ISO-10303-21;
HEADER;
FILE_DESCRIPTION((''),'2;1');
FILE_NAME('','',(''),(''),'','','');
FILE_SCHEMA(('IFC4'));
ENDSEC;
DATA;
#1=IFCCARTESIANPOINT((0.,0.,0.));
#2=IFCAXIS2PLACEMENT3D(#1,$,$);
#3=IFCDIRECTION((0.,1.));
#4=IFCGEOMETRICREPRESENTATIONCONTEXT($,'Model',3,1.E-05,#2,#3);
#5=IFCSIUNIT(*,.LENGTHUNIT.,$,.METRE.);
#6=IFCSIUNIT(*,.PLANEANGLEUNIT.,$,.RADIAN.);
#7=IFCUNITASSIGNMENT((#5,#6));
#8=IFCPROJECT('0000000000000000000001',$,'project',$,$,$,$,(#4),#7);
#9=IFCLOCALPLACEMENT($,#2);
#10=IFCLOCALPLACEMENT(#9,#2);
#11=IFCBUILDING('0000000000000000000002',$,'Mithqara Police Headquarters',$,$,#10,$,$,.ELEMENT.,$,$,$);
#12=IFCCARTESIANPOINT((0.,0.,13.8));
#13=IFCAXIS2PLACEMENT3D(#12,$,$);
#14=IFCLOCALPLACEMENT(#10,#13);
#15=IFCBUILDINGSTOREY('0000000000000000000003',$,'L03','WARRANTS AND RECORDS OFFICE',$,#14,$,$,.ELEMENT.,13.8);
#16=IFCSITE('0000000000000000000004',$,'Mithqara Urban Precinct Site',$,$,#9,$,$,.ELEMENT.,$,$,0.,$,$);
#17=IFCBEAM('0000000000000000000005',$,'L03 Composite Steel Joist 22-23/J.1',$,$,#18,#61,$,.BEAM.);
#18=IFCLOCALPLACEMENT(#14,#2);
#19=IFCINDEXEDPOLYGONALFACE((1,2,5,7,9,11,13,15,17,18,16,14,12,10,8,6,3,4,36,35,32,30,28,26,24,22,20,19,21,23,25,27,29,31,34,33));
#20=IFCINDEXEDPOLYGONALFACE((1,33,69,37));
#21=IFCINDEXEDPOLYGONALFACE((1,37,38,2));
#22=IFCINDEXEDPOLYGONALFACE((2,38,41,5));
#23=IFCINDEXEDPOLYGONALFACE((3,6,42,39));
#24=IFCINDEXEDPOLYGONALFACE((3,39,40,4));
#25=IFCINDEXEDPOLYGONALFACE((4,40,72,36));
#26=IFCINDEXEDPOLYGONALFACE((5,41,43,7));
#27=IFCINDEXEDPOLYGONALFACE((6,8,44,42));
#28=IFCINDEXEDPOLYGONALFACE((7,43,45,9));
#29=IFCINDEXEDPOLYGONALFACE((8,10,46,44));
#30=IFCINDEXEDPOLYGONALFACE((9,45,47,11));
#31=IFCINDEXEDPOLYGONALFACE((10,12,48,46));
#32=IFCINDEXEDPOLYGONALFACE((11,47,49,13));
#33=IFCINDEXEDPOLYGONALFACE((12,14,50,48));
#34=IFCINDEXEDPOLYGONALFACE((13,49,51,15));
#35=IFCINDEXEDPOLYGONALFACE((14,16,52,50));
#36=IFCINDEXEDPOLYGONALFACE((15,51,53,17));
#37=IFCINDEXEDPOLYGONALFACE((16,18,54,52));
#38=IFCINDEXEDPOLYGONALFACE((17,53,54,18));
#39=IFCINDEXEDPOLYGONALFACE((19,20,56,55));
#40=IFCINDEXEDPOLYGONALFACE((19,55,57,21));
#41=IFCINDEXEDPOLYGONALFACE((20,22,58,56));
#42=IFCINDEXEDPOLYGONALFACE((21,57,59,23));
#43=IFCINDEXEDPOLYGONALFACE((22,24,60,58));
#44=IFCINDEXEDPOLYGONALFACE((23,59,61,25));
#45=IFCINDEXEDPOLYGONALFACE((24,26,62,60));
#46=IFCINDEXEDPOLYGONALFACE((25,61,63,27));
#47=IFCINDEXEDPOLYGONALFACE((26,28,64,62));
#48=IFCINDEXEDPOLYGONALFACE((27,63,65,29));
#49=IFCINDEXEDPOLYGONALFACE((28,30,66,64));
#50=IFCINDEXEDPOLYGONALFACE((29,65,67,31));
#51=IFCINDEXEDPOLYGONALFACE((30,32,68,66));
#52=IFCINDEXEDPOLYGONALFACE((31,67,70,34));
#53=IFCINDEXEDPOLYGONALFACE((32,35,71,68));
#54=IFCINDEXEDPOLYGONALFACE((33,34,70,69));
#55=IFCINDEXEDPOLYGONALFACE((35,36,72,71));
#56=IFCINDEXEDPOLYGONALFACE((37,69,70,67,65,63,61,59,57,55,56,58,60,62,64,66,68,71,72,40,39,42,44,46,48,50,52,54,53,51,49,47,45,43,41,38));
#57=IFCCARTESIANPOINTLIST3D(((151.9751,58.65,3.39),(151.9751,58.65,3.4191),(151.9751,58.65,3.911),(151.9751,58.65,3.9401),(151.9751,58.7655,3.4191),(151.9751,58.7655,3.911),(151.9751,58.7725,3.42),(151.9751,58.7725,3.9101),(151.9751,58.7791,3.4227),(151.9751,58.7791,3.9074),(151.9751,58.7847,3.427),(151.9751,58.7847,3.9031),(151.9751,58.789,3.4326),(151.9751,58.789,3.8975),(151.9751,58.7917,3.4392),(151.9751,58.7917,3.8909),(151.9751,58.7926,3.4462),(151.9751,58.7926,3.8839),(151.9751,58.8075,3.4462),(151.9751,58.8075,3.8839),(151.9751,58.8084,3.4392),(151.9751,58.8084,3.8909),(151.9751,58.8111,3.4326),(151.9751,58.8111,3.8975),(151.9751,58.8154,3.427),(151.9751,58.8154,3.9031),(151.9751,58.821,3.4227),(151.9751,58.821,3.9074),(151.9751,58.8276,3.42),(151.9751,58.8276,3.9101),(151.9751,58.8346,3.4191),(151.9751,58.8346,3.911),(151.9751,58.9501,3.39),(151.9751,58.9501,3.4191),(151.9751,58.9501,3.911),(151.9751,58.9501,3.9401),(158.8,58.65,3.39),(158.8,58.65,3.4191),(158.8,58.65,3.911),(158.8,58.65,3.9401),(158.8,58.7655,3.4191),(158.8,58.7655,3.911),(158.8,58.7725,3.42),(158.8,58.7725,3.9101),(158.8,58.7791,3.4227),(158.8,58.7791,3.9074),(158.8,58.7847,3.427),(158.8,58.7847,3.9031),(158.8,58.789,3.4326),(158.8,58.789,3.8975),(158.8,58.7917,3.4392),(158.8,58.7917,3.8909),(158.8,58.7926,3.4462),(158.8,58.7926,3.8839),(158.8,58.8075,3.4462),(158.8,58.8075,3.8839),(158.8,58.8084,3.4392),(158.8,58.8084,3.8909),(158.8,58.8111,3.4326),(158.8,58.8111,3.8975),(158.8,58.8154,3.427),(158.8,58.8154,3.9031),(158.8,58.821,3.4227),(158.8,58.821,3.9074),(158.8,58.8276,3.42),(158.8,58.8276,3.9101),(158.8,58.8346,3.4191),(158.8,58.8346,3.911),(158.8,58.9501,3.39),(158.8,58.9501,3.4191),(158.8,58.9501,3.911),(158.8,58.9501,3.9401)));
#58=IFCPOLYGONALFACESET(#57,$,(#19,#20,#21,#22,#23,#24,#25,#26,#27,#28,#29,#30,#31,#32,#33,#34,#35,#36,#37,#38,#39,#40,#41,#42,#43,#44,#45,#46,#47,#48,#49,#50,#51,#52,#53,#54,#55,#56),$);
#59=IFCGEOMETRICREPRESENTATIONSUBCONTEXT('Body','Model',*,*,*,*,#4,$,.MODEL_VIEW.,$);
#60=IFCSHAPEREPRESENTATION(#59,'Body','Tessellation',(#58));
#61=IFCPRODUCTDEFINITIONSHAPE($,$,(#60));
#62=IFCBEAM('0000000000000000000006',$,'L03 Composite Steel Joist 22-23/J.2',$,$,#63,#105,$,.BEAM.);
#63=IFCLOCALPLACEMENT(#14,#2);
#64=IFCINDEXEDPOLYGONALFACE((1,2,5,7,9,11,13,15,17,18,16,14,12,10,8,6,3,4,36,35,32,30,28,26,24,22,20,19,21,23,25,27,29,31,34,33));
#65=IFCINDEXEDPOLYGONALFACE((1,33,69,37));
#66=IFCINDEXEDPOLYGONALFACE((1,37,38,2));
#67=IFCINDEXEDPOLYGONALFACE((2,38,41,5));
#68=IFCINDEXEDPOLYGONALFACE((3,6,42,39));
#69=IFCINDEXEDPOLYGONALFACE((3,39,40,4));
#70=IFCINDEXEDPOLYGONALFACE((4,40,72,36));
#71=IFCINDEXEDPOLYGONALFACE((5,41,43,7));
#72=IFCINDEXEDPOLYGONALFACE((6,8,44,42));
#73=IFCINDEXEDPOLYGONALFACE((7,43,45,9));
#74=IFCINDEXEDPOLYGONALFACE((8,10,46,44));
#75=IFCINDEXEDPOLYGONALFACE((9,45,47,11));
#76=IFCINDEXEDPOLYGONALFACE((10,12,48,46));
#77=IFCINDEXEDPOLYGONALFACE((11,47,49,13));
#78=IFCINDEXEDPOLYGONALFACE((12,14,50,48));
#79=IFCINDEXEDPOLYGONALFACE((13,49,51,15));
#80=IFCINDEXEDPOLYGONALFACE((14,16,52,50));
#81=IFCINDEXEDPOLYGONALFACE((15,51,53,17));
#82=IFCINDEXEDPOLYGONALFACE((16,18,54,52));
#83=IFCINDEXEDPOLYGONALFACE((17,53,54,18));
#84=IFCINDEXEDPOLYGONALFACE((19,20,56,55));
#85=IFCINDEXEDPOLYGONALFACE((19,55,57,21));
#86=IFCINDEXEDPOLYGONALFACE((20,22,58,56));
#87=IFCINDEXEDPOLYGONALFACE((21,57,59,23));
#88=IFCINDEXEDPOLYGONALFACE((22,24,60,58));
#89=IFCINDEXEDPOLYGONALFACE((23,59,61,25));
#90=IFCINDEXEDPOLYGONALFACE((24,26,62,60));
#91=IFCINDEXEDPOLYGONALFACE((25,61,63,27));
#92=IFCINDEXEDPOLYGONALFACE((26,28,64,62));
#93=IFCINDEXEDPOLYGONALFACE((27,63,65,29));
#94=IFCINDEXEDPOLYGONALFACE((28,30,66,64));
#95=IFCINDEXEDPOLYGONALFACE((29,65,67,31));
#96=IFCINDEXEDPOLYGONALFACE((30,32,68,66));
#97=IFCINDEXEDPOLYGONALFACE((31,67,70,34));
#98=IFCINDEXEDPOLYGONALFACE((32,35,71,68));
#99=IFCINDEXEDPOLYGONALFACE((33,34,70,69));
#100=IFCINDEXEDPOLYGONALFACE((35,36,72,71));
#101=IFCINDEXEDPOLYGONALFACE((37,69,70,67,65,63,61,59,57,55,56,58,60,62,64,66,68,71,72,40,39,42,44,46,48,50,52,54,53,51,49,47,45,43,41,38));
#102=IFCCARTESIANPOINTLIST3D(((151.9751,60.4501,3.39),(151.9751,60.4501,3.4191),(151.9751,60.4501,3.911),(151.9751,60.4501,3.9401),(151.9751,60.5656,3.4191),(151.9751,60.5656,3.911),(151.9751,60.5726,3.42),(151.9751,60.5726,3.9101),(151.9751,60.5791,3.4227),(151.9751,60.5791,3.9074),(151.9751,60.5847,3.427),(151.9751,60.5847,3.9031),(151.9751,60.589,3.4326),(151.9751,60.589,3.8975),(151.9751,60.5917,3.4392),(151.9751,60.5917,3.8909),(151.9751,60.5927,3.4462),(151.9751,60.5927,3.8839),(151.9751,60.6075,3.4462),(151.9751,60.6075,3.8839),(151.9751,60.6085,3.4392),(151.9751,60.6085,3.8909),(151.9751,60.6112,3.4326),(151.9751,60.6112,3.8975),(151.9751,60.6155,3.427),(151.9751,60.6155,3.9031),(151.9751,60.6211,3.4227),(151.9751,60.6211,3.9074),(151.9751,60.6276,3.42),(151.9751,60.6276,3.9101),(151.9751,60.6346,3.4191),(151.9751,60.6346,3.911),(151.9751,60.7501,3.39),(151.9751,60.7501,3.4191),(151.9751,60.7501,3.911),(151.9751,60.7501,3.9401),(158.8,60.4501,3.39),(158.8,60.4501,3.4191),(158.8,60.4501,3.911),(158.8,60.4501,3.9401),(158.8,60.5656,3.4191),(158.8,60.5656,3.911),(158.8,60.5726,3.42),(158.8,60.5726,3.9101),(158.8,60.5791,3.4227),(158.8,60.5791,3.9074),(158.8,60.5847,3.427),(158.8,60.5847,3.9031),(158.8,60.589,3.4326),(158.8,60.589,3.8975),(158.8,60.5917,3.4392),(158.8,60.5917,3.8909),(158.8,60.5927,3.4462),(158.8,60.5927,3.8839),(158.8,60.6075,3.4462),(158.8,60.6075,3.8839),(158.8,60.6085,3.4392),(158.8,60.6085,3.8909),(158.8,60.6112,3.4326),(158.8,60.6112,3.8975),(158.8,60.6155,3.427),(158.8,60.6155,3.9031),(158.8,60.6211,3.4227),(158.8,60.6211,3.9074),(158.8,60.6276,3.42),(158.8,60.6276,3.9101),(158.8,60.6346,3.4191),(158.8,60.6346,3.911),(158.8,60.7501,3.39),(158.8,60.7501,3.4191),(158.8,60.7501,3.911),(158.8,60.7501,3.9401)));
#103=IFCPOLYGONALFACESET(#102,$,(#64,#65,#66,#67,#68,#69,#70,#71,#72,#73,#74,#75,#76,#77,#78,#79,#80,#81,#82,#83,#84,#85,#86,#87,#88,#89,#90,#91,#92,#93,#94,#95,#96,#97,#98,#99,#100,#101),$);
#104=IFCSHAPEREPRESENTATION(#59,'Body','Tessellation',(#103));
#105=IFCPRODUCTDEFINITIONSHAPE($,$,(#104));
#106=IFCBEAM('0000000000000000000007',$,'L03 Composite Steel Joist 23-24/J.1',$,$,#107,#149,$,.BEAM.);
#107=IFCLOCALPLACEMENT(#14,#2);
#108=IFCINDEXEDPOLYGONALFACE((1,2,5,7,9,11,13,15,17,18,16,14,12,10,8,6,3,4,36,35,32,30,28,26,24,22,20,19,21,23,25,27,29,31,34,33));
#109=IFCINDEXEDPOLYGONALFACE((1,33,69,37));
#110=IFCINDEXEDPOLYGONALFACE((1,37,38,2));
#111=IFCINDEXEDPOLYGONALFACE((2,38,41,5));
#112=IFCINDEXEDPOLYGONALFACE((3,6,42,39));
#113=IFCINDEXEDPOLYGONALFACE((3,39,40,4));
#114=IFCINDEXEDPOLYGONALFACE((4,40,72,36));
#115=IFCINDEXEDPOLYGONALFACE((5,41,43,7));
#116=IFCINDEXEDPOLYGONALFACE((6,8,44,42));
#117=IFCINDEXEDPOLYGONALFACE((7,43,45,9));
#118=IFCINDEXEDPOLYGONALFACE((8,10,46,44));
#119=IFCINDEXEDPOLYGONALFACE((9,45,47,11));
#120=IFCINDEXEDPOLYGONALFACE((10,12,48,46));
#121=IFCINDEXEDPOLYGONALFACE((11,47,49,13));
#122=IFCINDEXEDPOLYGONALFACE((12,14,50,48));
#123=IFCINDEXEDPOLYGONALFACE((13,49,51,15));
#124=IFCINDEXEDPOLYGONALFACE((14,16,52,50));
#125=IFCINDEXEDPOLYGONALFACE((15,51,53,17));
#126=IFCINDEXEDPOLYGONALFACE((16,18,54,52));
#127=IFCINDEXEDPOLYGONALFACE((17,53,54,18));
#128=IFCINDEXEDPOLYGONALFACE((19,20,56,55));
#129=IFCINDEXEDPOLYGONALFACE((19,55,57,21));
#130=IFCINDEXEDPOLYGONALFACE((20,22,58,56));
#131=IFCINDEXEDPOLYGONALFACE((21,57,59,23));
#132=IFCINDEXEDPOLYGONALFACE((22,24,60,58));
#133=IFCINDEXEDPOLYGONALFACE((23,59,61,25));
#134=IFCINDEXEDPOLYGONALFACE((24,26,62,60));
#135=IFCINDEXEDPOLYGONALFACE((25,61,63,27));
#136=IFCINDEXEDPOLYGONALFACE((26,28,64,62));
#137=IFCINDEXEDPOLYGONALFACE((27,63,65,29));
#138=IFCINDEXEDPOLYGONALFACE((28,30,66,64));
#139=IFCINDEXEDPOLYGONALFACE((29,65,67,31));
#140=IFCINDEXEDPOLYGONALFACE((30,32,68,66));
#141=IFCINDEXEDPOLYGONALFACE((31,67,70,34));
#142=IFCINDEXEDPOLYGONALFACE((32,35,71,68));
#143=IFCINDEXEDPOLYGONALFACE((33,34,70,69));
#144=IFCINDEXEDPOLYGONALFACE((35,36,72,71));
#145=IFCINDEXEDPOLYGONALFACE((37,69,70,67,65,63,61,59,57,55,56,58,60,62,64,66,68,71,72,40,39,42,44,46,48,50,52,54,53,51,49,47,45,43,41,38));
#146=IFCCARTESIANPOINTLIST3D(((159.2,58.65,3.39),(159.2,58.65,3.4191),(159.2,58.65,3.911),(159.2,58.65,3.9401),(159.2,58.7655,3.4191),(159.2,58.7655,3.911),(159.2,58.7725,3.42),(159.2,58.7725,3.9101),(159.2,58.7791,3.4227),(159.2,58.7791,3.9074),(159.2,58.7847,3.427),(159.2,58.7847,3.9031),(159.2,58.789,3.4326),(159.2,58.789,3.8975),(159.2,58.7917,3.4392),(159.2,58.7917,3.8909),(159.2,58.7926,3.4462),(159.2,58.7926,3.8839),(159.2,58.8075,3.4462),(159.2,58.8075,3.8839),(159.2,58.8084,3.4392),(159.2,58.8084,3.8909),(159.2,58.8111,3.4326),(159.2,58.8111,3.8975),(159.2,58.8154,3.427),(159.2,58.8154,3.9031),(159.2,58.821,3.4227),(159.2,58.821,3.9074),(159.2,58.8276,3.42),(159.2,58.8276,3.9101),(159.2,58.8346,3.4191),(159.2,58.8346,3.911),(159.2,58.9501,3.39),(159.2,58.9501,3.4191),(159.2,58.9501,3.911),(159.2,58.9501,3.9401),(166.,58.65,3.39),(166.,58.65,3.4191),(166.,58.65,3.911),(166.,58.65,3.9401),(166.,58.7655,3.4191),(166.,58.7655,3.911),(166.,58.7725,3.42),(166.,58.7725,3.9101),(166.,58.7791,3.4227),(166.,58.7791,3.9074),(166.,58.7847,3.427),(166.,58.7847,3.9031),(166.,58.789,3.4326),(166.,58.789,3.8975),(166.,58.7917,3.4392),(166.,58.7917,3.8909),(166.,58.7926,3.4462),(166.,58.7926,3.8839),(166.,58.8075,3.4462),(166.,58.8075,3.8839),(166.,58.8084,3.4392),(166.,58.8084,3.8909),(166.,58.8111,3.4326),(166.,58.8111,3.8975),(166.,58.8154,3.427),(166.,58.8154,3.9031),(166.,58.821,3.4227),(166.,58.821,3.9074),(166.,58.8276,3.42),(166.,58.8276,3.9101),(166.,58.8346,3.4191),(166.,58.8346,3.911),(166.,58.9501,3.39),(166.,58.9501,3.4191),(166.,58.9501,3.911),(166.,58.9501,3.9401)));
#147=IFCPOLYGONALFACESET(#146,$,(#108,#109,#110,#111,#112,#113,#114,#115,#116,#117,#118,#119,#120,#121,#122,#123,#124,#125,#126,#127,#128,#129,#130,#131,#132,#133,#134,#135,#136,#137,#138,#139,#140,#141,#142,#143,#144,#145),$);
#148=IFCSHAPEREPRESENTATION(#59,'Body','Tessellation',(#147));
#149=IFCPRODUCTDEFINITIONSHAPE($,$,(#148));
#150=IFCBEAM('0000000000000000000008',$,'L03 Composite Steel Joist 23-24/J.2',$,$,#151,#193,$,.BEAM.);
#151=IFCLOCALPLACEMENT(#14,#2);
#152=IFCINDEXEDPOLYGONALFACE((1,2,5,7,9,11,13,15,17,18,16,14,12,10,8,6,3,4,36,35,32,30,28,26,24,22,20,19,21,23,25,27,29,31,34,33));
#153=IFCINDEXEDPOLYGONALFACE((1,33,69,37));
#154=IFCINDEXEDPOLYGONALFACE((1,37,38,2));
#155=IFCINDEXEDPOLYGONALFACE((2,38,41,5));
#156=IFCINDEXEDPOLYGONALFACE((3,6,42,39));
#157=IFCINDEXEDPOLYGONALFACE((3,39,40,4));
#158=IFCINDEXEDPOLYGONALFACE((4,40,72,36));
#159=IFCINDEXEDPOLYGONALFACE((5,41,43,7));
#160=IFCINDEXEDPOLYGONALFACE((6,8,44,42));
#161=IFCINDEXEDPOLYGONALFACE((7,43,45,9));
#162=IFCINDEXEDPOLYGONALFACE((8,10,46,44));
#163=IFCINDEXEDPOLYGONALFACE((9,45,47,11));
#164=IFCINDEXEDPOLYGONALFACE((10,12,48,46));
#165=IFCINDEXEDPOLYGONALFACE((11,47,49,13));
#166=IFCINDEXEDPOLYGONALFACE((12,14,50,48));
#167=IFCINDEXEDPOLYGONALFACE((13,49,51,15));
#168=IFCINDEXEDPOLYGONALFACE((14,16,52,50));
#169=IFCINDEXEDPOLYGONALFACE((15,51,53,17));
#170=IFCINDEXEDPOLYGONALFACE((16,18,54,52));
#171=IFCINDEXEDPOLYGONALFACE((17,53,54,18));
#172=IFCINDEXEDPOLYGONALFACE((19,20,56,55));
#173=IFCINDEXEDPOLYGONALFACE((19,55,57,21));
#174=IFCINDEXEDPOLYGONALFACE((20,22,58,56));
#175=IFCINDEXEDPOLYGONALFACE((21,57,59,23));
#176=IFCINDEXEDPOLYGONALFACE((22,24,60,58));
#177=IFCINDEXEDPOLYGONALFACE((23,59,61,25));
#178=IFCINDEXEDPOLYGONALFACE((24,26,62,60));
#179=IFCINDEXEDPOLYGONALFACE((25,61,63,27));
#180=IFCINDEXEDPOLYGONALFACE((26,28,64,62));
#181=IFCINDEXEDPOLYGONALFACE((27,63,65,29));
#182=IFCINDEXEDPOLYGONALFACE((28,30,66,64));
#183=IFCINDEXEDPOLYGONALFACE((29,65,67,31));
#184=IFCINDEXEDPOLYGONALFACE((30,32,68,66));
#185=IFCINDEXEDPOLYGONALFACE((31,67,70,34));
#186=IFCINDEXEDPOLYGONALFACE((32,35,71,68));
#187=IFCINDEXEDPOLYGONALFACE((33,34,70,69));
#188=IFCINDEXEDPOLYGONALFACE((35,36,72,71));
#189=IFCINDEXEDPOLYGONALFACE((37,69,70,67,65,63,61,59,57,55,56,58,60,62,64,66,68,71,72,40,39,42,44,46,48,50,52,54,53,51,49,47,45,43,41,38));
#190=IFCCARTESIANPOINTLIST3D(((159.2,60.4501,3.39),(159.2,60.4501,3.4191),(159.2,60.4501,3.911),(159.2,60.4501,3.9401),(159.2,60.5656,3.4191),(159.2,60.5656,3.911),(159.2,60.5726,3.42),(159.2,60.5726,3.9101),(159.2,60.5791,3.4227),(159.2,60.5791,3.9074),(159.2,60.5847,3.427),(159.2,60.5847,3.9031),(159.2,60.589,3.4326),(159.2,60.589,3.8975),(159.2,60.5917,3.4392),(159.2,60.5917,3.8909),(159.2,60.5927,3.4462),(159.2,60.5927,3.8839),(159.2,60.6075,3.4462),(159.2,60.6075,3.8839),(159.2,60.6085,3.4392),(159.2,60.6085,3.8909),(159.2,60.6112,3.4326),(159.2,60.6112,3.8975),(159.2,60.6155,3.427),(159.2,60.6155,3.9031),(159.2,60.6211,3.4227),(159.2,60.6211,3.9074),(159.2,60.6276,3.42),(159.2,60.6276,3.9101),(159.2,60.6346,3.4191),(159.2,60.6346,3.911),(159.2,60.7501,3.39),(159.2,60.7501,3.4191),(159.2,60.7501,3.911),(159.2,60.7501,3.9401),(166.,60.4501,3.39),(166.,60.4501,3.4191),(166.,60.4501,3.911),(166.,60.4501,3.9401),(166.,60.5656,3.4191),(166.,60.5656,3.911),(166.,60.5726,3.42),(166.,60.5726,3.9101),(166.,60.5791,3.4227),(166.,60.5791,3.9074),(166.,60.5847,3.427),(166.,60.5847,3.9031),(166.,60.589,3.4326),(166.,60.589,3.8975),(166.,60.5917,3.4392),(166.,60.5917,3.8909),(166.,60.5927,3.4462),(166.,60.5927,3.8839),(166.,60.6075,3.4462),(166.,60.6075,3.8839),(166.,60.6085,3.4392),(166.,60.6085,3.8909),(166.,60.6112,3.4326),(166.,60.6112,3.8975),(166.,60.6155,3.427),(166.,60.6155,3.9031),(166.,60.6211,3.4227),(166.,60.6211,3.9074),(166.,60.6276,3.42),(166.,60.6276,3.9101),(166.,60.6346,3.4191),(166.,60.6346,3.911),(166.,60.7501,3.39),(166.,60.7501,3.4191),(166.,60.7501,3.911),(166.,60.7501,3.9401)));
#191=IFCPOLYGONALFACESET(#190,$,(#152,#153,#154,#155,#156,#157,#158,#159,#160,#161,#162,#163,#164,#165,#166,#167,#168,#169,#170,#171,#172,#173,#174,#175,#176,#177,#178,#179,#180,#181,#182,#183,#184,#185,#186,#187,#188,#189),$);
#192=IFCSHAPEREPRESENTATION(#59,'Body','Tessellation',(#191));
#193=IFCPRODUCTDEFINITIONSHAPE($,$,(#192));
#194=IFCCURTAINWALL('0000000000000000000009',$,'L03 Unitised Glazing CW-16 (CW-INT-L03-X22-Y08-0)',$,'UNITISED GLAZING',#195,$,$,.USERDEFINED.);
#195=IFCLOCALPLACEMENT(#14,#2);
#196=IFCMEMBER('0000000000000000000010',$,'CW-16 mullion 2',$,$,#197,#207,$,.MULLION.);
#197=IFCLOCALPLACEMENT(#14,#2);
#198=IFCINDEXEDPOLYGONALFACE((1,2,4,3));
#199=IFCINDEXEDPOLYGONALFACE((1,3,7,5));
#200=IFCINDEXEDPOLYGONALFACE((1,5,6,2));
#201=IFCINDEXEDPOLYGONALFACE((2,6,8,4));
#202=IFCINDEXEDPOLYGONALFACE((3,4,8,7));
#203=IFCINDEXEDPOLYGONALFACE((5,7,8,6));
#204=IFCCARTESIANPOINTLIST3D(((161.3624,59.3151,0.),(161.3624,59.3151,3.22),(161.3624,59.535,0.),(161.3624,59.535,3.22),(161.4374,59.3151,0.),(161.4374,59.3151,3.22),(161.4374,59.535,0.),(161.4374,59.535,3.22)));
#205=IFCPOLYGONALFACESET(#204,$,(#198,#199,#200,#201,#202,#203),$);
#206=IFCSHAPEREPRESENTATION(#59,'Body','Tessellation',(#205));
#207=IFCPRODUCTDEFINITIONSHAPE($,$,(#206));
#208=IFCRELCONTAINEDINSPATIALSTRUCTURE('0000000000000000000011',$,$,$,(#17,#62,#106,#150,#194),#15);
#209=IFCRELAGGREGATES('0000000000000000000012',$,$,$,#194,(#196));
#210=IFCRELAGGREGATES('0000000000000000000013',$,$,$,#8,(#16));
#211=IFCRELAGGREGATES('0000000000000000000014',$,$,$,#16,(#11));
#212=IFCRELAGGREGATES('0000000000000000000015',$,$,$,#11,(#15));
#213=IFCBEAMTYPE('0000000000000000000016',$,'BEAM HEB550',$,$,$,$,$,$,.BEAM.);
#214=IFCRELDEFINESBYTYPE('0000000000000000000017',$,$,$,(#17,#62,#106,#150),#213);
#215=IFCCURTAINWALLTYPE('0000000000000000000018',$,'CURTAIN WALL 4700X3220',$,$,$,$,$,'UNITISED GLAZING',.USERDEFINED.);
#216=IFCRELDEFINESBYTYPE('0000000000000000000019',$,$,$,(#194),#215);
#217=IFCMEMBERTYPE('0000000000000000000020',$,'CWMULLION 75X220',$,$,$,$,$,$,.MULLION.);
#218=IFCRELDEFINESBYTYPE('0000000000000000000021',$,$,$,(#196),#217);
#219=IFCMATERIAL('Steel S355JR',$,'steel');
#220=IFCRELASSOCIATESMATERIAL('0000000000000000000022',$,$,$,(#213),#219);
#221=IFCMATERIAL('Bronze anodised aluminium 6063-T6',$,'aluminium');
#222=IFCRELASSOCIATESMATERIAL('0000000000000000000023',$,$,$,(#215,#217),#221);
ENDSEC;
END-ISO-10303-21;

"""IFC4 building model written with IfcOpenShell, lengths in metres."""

from ifc_helpers import new_model, si_unit, direction, frame, origin, origin_2d, place, context, subcontext, project, spatial, rectangle, i_section, extrude, material, material_profile, profile_set, type_object, element, aggregate, save


model = new_model("IFC4")

# Units and contexts
model_context = context("Model", 3, precision=1e-05, world=origin(), true_north=direction((0.0, 1.0)))
body_context = subcontext(model_context, "Body", "Model", "MODEL_VIEW")
ifc_project = project(units=[si_unit("LENGTHUNIT", "METRE"), si_unit("PLANEANGLEUNIT", "RADIAN")], contexts=[model_context])

# Site, building, storey
site_placement = place(None, origin())
site = spatial("IfcSite", under=ifc_project, at=site_placement, Name="Mithqara Urban Precinct Site", CompositionType="ELEMENT", RefElevation=0.0)
building_placement = place(site_placement, origin())
building = spatial("IfcBuilding", under=site, at=building_placement, Name="Mithqara Police Headquarters", CompositionType="ELEMENT")
storey_placement = place(building_placement, frame((0.0, 0.0, 13.8)))
storey = spatial("IfcBuildingStorey", under=building, at=storey_placement, Name="L03", Description="WARRANTS AND RECORDS OFFICE", CompositionType="ELEMENT", Elevation=13.8)

# Beams
ifc_material_1 = material(Name="Steel S355JR", Category="steel")
ifc_material_profile_1 = material_profile(ifc_material_1, i_section(OverallWidth=0.3, OverallDepth=0.55, WebThickness=0.0149, FlangeThickness=0.0291, FilletRadius=0.0271, at=origin_2d()), Name="HEB 550")
ifc_profile_set_1 = profile_set([ifc_material_profile_1], Name="Steel S355JR")
beam_type = type_object("IfcBeamType", Name="BEAM HEB550", PredefinedType="BEAM", material=ifc_profile_set_1)
for number, where, z_axis, x_axis, name in (
    (1, (151.9751, 58.8, 3.665), (1.0, 0.0, 0.0), (0.0, 1.0, 0.0), "L03 Composite Steel Joist 22-23/J.1"),
    (2, (151.9751, 60.6001, 3.665), (1.0, 0.0, 0.0), (0.0, 1.0, 0.0), "L03 Composite Steel Joist 22-23/J.2"),
):
    element("IfcBeam", number, at=place(storey_placement, frame(where, z_axis=z_axis, x_axis=x_axis)), inside=storey, type_object=beam_type, Name=name, PredefinedType="BEAM", context=body_context, shape_type="SweptSolid", body=[
        extrude(i_section(OverallWidth=0.3, OverallDepth=0.55, WebThickness=0.0149, FlangeThickness=0.0291, FilletRadius=0.0271, at=origin_2d()), origin(), (0.0, 0.0, 1.0), 6.825),
    ])
for number, where, z_axis, x_axis, name in (
    (3, (159.2, 58.8, 3.665), (1.0, 0.0, 0.0), (0.0, 1.0, 0.0), "L03 Composite Steel Joist 23-24/J.1"),
    (4, (159.2, 60.6001, 3.665), (1.0, 0.0, 0.0), (0.0, 1.0, 0.0), "L03 Composite Steel Joist 23-24/J.2"),
):
    element("IfcBeam", number, at=place(storey_placement, frame(where, z_axis=z_axis, x_axis=x_axis)), inside=storey, type_object=beam_type, Name=name, PredefinedType="BEAM", context=body_context, shape_type="SweptSolid", body=[
        extrude(i_section(OverallWidth=0.3, OverallDepth=0.55, WebThickness=0.0149, FlangeThickness=0.0291, FilletRadius=0.0271, at=origin_2d()), origin(), (0.0, 0.0, 1.0), 6.8),
    ])

# Curtain wall, member
ifc_material_2 = material(Name="Bronze anodised aluminium 6063-T6", Category="aluminium")
curtain_wall_type = type_object("IfcCurtainWallType", Name="CURTAIN WALL 4700X3220", ElementType="UNITISED GLAZING", PredefinedType="USERDEFINED", material=ifc_material_2)
curtain_wall_placement = place(storey_placement, origin())
curtain_wall = element("IfcCurtainWall", 5, at=curtain_wall_placement, inside=storey, type_object=curtain_wall_type, Name="L03 Unitised Glazing CW-16 (CW-INT-L03-X22-Y08-0)", ObjectType="UNITISED GLAZING", PredefinedType="USERDEFINED")
ifc_material_profile_2 = material_profile(ifc_material_2, rectangle(XDim=0.075, YDim=0.22, at=origin_2d()), Name="CWM 75x220")
ifc_profile_set_2 = profile_set([ifc_material_profile_2], Name="Bronze anodised aluminium 6063-T6")
member_type_1 = type_object("IfcMemberType", Name="CWMULLION 75X220", PredefinedType="MULLION", material=ifc_profile_set_2)
member_1_placement = place(storey_placement, frame((161.3999, 59.425, 0.0), z_axis=(0.0, 0.0, 1.0), x_axis=(-1.0, 0.0, 0.0)))
member_1 = element("IfcMember", 6, at=member_1_placement, type_object=member_type_1, Name="CW-16 mullion 2", PredefinedType="MULLION", context=body_context, shape_type="SweptSolid", body=[
    extrude(rectangle(XDim=0.075, YDim=0.22, at=origin_2d()), origin(), (0.0, 0.0, 1.0), 3.22),
])
aggregate(curtain_wall, [member_1])

save(model, "model.ifc")
